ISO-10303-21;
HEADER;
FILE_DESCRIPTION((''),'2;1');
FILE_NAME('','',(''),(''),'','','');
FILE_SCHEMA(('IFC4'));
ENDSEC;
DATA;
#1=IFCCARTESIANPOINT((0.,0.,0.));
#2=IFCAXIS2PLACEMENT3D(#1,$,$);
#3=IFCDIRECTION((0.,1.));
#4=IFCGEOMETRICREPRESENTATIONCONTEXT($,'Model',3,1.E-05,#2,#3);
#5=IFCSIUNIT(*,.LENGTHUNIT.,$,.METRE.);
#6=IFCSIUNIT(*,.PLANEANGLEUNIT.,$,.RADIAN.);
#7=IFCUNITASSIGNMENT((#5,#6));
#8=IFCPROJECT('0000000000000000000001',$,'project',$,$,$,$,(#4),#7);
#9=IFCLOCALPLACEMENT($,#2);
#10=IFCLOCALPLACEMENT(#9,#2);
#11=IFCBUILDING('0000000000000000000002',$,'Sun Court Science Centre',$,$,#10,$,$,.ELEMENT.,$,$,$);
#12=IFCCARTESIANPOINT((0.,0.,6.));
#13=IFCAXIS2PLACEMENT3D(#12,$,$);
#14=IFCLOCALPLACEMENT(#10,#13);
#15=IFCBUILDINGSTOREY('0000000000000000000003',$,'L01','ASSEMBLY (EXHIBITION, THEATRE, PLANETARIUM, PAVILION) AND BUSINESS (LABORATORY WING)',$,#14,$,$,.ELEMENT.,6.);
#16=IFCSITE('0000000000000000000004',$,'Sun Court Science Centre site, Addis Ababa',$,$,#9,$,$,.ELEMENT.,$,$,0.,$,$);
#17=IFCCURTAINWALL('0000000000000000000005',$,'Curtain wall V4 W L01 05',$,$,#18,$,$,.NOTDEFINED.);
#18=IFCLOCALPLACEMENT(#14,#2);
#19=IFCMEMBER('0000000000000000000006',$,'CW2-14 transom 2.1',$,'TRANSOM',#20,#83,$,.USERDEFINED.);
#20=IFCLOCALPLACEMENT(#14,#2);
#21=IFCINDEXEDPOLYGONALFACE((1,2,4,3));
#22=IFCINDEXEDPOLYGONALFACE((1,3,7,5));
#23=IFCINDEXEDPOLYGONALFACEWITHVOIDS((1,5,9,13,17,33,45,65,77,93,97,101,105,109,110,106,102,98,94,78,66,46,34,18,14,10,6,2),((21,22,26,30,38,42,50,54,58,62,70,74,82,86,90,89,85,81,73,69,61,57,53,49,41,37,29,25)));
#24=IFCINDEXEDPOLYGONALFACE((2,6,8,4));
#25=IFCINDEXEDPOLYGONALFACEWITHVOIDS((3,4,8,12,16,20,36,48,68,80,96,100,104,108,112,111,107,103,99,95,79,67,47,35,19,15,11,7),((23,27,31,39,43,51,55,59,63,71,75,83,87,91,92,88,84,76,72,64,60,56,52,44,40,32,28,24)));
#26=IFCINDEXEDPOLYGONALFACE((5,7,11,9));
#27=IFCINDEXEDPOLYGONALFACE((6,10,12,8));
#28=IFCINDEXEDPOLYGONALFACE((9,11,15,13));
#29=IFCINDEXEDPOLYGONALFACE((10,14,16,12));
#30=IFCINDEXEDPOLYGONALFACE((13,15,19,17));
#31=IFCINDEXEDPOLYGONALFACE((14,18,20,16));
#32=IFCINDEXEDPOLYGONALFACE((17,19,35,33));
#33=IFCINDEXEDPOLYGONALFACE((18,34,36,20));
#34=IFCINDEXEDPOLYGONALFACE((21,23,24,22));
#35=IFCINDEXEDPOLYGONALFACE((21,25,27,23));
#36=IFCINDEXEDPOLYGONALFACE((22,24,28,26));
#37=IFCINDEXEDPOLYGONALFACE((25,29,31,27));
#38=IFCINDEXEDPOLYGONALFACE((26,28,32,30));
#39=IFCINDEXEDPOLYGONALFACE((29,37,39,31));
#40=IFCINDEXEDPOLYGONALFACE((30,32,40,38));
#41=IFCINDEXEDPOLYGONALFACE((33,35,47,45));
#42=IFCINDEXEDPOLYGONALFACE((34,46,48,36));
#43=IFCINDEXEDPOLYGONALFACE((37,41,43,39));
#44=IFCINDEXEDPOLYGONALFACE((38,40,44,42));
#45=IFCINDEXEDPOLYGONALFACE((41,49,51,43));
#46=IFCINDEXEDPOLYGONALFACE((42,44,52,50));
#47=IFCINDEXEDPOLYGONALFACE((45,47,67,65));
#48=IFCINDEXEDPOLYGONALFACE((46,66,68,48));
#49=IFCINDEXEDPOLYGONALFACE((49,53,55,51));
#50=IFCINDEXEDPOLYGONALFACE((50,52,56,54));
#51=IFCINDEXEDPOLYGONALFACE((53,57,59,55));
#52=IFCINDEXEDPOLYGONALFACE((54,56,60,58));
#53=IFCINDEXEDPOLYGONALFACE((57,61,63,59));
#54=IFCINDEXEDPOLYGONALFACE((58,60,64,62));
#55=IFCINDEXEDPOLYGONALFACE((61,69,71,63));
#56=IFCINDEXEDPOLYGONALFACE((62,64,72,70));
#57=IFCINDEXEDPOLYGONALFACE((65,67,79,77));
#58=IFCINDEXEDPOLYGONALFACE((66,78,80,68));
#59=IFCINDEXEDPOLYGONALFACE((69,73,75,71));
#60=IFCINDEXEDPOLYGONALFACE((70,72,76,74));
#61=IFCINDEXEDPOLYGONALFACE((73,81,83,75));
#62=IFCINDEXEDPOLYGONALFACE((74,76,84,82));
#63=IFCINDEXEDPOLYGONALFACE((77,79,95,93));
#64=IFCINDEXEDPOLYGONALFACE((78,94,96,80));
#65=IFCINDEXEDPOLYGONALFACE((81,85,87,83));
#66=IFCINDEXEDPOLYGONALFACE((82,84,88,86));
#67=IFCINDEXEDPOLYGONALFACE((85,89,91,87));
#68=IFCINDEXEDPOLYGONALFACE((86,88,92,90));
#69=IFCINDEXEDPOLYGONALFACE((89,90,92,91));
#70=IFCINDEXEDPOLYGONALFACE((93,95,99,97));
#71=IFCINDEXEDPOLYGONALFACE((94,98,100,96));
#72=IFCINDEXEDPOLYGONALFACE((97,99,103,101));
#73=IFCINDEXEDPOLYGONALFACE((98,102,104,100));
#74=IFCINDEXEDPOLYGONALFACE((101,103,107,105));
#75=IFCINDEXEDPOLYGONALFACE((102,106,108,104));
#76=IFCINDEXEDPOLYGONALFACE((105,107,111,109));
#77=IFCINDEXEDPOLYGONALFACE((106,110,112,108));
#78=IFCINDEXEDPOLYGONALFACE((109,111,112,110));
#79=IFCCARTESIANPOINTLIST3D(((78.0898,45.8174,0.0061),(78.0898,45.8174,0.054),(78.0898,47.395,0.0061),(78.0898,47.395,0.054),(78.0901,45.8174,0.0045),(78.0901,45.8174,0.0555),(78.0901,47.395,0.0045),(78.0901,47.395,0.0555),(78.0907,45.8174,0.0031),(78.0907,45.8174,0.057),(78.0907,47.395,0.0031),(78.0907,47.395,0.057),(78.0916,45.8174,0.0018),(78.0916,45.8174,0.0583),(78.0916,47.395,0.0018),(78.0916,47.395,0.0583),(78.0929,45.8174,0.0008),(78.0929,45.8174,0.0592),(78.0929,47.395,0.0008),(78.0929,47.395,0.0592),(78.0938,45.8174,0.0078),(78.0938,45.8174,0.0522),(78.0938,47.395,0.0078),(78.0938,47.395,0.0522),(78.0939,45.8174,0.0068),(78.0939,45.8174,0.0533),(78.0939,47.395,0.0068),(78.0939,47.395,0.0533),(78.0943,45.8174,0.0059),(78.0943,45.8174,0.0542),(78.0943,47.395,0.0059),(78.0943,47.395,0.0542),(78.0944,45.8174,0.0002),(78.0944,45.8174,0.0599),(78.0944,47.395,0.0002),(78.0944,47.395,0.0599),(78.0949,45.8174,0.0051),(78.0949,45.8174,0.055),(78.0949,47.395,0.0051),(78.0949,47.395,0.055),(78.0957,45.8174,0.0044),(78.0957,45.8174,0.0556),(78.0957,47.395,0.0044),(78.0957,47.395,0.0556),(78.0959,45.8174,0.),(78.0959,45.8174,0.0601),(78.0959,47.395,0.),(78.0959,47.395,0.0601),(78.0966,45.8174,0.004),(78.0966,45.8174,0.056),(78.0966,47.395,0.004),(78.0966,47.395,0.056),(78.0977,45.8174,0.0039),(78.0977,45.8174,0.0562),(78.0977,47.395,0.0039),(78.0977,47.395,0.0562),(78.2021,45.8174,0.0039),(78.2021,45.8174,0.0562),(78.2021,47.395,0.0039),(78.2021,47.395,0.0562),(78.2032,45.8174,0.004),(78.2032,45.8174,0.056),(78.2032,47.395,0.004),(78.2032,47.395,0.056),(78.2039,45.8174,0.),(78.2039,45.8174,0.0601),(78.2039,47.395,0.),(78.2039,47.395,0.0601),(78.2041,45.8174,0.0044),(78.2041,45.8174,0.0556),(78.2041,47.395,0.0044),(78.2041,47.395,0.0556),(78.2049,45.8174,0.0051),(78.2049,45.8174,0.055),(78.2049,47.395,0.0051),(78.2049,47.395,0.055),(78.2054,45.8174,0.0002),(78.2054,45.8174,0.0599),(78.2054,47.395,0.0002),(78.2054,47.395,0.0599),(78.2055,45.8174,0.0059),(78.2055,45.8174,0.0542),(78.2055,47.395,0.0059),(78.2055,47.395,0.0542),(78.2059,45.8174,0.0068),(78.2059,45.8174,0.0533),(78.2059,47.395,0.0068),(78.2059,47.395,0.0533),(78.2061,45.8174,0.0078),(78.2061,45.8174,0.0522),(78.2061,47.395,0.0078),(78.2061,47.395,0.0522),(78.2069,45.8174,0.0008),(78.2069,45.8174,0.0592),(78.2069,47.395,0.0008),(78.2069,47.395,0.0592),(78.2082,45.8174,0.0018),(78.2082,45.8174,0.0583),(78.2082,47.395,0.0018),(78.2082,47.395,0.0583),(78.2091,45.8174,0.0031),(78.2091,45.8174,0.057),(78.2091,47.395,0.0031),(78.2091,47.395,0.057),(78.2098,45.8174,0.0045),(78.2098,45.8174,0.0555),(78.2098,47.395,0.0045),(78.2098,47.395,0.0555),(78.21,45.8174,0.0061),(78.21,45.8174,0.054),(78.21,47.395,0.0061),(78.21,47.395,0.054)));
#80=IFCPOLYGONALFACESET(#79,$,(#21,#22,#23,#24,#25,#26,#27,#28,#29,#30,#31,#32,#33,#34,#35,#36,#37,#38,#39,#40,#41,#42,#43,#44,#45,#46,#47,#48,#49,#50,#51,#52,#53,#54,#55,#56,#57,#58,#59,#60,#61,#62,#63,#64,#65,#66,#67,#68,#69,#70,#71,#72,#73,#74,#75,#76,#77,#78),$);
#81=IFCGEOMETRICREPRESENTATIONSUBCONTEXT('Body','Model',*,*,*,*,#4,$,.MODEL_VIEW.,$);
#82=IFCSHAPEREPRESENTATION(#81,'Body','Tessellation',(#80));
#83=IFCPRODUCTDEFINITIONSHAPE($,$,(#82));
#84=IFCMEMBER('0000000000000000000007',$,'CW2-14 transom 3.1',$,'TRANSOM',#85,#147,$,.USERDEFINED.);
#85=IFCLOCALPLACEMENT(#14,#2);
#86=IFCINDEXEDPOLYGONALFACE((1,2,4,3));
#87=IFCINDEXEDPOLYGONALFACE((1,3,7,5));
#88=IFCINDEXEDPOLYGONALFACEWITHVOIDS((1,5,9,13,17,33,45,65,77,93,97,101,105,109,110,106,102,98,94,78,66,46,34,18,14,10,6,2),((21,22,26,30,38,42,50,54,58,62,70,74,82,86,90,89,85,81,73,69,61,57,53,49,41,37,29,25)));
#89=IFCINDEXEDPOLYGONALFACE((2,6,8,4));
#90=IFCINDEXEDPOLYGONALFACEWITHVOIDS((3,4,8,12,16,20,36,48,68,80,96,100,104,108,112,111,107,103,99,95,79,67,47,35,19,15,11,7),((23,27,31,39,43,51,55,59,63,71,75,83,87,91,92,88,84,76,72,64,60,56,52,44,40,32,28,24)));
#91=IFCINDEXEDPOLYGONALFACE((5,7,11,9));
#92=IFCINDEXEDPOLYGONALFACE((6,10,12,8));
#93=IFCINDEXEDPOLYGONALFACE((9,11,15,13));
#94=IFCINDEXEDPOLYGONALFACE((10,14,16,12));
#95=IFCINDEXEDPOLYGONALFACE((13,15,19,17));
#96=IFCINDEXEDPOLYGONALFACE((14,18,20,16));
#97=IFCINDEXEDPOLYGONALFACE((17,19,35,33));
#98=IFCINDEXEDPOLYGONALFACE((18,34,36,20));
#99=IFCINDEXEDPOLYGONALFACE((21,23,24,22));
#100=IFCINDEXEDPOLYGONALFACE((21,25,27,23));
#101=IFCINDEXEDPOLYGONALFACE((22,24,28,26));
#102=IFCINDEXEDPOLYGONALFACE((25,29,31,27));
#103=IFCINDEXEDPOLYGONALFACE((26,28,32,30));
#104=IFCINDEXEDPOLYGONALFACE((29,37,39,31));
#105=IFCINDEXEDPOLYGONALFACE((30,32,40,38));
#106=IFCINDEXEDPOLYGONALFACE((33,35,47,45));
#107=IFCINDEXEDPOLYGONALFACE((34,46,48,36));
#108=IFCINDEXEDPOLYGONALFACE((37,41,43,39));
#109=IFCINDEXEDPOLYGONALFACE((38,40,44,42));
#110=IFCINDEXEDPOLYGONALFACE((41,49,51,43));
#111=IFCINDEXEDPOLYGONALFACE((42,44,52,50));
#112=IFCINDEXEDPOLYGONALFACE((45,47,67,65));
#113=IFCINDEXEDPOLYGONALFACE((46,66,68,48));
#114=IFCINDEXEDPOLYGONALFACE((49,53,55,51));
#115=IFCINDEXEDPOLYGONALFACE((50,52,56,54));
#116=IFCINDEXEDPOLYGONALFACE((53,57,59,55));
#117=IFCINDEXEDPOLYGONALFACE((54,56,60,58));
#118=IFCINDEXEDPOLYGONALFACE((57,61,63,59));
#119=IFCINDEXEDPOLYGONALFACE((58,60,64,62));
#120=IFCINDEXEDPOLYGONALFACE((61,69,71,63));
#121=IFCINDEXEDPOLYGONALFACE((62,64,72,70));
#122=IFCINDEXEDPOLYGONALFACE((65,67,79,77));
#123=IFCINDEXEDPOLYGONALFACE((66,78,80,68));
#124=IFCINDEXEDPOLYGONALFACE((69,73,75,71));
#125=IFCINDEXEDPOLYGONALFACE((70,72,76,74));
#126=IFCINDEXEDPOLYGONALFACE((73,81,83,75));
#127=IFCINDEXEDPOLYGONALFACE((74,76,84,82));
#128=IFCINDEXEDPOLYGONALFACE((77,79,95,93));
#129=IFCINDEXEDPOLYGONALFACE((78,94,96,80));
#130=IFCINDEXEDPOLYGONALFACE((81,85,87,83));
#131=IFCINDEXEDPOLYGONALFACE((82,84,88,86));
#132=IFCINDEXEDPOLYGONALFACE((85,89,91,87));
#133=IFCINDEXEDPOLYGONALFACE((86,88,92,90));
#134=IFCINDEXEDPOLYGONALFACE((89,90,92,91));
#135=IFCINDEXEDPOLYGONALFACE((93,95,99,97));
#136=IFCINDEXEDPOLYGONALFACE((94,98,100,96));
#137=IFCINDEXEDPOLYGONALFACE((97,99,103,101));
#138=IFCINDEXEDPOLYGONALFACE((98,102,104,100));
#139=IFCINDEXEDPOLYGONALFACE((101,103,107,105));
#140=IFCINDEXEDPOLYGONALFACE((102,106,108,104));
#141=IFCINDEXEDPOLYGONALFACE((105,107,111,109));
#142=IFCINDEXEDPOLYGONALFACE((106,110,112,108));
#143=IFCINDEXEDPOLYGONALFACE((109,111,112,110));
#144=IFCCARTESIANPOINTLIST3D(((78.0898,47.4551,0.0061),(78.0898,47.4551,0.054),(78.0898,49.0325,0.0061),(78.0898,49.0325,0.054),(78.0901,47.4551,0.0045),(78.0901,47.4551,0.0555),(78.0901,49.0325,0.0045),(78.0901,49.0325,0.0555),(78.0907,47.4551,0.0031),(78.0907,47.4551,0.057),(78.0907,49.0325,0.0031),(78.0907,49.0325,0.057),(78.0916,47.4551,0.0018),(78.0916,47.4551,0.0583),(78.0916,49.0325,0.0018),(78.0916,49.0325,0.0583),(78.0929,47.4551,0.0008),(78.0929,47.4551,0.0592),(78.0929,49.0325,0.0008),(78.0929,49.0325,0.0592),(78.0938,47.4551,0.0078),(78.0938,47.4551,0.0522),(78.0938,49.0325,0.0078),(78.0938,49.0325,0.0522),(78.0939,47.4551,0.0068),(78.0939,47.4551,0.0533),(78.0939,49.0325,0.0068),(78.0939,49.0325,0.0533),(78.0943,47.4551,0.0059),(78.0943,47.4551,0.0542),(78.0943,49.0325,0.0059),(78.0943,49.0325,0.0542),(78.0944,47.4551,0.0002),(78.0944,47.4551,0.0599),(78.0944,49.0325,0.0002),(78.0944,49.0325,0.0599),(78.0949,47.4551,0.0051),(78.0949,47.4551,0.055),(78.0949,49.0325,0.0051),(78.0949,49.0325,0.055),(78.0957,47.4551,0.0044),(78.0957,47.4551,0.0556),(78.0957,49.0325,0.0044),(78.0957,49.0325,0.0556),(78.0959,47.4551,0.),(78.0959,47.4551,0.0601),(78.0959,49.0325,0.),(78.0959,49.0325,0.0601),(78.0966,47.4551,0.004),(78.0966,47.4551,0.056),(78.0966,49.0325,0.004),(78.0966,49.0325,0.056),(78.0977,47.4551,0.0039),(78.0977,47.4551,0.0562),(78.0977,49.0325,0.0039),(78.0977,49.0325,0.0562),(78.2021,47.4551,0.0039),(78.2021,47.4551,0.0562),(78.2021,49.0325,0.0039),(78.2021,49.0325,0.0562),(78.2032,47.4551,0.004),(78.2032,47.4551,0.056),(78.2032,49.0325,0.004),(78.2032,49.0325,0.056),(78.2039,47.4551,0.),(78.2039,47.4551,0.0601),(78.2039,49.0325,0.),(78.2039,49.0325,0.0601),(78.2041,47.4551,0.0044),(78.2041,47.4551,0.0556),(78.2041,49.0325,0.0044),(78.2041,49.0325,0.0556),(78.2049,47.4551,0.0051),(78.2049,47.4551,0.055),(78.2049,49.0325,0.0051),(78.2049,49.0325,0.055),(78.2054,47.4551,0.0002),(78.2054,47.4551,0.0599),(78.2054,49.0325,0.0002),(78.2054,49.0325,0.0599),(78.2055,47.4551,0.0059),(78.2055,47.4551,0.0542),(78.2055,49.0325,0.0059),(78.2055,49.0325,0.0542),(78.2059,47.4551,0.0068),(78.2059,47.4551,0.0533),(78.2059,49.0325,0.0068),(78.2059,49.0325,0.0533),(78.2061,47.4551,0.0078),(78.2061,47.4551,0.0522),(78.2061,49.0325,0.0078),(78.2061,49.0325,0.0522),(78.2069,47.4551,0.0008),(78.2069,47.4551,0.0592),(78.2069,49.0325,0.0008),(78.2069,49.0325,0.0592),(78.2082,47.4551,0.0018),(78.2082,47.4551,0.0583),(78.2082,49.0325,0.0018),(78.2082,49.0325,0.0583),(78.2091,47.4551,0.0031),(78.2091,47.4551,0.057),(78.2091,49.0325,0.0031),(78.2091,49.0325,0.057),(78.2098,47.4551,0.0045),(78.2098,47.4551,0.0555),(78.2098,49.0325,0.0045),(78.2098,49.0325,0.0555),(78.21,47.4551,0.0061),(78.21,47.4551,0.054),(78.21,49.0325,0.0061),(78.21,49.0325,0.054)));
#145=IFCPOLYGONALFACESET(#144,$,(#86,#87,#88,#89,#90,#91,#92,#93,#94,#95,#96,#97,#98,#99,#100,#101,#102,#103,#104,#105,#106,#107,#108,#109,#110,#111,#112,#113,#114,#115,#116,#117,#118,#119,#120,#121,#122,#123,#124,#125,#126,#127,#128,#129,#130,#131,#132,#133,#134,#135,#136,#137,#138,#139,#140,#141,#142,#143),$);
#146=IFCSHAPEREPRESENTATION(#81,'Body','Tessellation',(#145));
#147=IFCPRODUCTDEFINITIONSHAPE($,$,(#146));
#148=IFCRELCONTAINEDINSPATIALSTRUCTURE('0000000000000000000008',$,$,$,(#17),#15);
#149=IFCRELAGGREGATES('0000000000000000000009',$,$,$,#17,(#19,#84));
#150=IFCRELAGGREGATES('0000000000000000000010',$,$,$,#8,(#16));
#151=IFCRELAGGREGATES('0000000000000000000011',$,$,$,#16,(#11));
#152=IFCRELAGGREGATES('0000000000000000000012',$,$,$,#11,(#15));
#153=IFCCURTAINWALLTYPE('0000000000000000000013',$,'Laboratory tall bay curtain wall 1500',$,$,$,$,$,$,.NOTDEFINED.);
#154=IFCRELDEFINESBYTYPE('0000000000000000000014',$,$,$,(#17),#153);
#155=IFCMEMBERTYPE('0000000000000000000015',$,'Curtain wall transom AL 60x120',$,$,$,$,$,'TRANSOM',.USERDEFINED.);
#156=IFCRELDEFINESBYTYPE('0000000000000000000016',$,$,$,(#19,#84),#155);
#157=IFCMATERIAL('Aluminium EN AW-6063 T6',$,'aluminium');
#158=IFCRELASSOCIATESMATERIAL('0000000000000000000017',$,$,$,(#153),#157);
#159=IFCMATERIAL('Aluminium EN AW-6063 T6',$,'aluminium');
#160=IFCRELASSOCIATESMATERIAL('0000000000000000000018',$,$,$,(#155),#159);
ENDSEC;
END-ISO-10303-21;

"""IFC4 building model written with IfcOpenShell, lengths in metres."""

from ifc_helpers import new_model, si_unit, direction, frame, origin, origin_2d, place, context, subcontext, project, spatial, hollow_rectangle, extrude, material, material_profile, profile_set, type_object, element, aggregate, save


model = new_model("IFC4")

# Units and contexts
model_context = context("Model", 3, precision=1e-05, world=origin(), true_north=direction((0.0, 1.0)))
body_context = subcontext(model_context, "Body", "Model", "MODEL_VIEW")
ifc_project = project(units=[si_unit("LENGTHUNIT", "METRE"), si_unit("PLANEANGLEUNIT", "RADIAN")], contexts=[model_context])

# Site, building, storey
site_placement = place(None, origin())
site = spatial("IfcSite", under=ifc_project, at=site_placement, Name="Sun Court Science Centre site, Addis Ababa", CompositionType="ELEMENT", RefElevation=0.0)
building_placement = place(site_placement, origin())
building = spatial("IfcBuilding", under=site, at=building_placement, Name="Sun Court Science Centre", CompositionType="ELEMENT")
storey_placement = place(building_placement, frame((0.0, 0.0, 6.0)))
storey = spatial("IfcBuildingStorey", under=building, at=storey_placement, Name="L01", Description="ASSEMBLY (EXHIBITION, THEATRE, PLANETARIUM, PAVILION) AND BUSINESS (LABORATORY WING)", CompositionType="ELEMENT", Elevation=6.0)

# Curtain wall
ifc_material_1 = material(Name="Aluminium EN AW-6063 T6", Category="aluminium")
curtain_wall_type_1 = type_object("IfcCurtainWallType", Name="Laboratory tall bay curtain wall 1500", PredefinedType="NOTDEFINED", material=ifc_material_1)
curtain_wall_1_placement = place(storey_placement, origin())
curtain_wall_1 = element("IfcCurtainWall", 1, at=curtain_wall_1_placement, inside=storey, type_object=curtain_wall_type_1, Name="Curtain wall V4 W L01 05", PredefinedType="NOTDEFINED")

# Members
ifc_material_2 = material(Name="Aluminium EN AW-6063 T6", Category="aluminium")
ifc_material_profile_1 = material_profile(ifc_material_2, hollow_rectangle(XDim=0.0601, YDim=0.1201, WallThickness=0.0039, InnerFilletRadius=0.0039, OuterFilletRadius=0.0061, at=origin_2d()), Name="AL 60x120x4")
ifc_profile_set_1 = profile_set([ifc_material_profile_1], Name="Aluminium EN AW-6063 T6")
member_type_1 = type_object("IfcMemberType", Name="Curtain wall transom AL 60x120", ElementType="TRANSOM", PredefinedType="USERDEFINED", material=ifc_profile_set_1)
member_1_placement = place(storey_placement, frame((78.1499, 45.8174, 0.03), z_axis=(0.0, 1.0, 0.0), x_axis=(0.0, 0.0, 1.0)))
member_1 = element("IfcMember", 2, at=member_1_placement, type_object=member_type_1, Name="CW2-14 transom 2.1", ObjectType="TRANSOM", PredefinedType="USERDEFINED", context=body_context, shape_type="SweptSolid", body=[
    extrude(hollow_rectangle(XDim=0.0601, YDim=0.1201, WallThickness=0.0039, InnerFilletRadius=0.0039, OuterFilletRadius=0.0061, at=origin_2d()), origin(), (0.0, 0.0, 1.0), 1.5776),
])
member_2_placement = place(storey_placement, frame((78.1499, 47.4551, 0.03), z_axis=(0.0, 1.0, 0.0), x_axis=(0.0, 0.0, 1.0)))
member_2 = element("IfcMember", 3, at=member_2_placement, type_object=member_type_1, Name="CW2-14 transom 3.1", ObjectType="TRANSOM", PredefinedType="USERDEFINED", context=body_context, shape_type="SweptSolid", body=[
    extrude(hollow_rectangle(XDim=0.0601, YDim=0.1201, WallThickness=0.0039, InnerFilletRadius=0.0039, OuterFilletRadius=0.0061, at=origin_2d()), origin(), (0.0, 0.0, 1.0), 1.5774),
])

aggregate(curtain_wall_1, [member_1, member_2])

save(model, "model.ifc")
